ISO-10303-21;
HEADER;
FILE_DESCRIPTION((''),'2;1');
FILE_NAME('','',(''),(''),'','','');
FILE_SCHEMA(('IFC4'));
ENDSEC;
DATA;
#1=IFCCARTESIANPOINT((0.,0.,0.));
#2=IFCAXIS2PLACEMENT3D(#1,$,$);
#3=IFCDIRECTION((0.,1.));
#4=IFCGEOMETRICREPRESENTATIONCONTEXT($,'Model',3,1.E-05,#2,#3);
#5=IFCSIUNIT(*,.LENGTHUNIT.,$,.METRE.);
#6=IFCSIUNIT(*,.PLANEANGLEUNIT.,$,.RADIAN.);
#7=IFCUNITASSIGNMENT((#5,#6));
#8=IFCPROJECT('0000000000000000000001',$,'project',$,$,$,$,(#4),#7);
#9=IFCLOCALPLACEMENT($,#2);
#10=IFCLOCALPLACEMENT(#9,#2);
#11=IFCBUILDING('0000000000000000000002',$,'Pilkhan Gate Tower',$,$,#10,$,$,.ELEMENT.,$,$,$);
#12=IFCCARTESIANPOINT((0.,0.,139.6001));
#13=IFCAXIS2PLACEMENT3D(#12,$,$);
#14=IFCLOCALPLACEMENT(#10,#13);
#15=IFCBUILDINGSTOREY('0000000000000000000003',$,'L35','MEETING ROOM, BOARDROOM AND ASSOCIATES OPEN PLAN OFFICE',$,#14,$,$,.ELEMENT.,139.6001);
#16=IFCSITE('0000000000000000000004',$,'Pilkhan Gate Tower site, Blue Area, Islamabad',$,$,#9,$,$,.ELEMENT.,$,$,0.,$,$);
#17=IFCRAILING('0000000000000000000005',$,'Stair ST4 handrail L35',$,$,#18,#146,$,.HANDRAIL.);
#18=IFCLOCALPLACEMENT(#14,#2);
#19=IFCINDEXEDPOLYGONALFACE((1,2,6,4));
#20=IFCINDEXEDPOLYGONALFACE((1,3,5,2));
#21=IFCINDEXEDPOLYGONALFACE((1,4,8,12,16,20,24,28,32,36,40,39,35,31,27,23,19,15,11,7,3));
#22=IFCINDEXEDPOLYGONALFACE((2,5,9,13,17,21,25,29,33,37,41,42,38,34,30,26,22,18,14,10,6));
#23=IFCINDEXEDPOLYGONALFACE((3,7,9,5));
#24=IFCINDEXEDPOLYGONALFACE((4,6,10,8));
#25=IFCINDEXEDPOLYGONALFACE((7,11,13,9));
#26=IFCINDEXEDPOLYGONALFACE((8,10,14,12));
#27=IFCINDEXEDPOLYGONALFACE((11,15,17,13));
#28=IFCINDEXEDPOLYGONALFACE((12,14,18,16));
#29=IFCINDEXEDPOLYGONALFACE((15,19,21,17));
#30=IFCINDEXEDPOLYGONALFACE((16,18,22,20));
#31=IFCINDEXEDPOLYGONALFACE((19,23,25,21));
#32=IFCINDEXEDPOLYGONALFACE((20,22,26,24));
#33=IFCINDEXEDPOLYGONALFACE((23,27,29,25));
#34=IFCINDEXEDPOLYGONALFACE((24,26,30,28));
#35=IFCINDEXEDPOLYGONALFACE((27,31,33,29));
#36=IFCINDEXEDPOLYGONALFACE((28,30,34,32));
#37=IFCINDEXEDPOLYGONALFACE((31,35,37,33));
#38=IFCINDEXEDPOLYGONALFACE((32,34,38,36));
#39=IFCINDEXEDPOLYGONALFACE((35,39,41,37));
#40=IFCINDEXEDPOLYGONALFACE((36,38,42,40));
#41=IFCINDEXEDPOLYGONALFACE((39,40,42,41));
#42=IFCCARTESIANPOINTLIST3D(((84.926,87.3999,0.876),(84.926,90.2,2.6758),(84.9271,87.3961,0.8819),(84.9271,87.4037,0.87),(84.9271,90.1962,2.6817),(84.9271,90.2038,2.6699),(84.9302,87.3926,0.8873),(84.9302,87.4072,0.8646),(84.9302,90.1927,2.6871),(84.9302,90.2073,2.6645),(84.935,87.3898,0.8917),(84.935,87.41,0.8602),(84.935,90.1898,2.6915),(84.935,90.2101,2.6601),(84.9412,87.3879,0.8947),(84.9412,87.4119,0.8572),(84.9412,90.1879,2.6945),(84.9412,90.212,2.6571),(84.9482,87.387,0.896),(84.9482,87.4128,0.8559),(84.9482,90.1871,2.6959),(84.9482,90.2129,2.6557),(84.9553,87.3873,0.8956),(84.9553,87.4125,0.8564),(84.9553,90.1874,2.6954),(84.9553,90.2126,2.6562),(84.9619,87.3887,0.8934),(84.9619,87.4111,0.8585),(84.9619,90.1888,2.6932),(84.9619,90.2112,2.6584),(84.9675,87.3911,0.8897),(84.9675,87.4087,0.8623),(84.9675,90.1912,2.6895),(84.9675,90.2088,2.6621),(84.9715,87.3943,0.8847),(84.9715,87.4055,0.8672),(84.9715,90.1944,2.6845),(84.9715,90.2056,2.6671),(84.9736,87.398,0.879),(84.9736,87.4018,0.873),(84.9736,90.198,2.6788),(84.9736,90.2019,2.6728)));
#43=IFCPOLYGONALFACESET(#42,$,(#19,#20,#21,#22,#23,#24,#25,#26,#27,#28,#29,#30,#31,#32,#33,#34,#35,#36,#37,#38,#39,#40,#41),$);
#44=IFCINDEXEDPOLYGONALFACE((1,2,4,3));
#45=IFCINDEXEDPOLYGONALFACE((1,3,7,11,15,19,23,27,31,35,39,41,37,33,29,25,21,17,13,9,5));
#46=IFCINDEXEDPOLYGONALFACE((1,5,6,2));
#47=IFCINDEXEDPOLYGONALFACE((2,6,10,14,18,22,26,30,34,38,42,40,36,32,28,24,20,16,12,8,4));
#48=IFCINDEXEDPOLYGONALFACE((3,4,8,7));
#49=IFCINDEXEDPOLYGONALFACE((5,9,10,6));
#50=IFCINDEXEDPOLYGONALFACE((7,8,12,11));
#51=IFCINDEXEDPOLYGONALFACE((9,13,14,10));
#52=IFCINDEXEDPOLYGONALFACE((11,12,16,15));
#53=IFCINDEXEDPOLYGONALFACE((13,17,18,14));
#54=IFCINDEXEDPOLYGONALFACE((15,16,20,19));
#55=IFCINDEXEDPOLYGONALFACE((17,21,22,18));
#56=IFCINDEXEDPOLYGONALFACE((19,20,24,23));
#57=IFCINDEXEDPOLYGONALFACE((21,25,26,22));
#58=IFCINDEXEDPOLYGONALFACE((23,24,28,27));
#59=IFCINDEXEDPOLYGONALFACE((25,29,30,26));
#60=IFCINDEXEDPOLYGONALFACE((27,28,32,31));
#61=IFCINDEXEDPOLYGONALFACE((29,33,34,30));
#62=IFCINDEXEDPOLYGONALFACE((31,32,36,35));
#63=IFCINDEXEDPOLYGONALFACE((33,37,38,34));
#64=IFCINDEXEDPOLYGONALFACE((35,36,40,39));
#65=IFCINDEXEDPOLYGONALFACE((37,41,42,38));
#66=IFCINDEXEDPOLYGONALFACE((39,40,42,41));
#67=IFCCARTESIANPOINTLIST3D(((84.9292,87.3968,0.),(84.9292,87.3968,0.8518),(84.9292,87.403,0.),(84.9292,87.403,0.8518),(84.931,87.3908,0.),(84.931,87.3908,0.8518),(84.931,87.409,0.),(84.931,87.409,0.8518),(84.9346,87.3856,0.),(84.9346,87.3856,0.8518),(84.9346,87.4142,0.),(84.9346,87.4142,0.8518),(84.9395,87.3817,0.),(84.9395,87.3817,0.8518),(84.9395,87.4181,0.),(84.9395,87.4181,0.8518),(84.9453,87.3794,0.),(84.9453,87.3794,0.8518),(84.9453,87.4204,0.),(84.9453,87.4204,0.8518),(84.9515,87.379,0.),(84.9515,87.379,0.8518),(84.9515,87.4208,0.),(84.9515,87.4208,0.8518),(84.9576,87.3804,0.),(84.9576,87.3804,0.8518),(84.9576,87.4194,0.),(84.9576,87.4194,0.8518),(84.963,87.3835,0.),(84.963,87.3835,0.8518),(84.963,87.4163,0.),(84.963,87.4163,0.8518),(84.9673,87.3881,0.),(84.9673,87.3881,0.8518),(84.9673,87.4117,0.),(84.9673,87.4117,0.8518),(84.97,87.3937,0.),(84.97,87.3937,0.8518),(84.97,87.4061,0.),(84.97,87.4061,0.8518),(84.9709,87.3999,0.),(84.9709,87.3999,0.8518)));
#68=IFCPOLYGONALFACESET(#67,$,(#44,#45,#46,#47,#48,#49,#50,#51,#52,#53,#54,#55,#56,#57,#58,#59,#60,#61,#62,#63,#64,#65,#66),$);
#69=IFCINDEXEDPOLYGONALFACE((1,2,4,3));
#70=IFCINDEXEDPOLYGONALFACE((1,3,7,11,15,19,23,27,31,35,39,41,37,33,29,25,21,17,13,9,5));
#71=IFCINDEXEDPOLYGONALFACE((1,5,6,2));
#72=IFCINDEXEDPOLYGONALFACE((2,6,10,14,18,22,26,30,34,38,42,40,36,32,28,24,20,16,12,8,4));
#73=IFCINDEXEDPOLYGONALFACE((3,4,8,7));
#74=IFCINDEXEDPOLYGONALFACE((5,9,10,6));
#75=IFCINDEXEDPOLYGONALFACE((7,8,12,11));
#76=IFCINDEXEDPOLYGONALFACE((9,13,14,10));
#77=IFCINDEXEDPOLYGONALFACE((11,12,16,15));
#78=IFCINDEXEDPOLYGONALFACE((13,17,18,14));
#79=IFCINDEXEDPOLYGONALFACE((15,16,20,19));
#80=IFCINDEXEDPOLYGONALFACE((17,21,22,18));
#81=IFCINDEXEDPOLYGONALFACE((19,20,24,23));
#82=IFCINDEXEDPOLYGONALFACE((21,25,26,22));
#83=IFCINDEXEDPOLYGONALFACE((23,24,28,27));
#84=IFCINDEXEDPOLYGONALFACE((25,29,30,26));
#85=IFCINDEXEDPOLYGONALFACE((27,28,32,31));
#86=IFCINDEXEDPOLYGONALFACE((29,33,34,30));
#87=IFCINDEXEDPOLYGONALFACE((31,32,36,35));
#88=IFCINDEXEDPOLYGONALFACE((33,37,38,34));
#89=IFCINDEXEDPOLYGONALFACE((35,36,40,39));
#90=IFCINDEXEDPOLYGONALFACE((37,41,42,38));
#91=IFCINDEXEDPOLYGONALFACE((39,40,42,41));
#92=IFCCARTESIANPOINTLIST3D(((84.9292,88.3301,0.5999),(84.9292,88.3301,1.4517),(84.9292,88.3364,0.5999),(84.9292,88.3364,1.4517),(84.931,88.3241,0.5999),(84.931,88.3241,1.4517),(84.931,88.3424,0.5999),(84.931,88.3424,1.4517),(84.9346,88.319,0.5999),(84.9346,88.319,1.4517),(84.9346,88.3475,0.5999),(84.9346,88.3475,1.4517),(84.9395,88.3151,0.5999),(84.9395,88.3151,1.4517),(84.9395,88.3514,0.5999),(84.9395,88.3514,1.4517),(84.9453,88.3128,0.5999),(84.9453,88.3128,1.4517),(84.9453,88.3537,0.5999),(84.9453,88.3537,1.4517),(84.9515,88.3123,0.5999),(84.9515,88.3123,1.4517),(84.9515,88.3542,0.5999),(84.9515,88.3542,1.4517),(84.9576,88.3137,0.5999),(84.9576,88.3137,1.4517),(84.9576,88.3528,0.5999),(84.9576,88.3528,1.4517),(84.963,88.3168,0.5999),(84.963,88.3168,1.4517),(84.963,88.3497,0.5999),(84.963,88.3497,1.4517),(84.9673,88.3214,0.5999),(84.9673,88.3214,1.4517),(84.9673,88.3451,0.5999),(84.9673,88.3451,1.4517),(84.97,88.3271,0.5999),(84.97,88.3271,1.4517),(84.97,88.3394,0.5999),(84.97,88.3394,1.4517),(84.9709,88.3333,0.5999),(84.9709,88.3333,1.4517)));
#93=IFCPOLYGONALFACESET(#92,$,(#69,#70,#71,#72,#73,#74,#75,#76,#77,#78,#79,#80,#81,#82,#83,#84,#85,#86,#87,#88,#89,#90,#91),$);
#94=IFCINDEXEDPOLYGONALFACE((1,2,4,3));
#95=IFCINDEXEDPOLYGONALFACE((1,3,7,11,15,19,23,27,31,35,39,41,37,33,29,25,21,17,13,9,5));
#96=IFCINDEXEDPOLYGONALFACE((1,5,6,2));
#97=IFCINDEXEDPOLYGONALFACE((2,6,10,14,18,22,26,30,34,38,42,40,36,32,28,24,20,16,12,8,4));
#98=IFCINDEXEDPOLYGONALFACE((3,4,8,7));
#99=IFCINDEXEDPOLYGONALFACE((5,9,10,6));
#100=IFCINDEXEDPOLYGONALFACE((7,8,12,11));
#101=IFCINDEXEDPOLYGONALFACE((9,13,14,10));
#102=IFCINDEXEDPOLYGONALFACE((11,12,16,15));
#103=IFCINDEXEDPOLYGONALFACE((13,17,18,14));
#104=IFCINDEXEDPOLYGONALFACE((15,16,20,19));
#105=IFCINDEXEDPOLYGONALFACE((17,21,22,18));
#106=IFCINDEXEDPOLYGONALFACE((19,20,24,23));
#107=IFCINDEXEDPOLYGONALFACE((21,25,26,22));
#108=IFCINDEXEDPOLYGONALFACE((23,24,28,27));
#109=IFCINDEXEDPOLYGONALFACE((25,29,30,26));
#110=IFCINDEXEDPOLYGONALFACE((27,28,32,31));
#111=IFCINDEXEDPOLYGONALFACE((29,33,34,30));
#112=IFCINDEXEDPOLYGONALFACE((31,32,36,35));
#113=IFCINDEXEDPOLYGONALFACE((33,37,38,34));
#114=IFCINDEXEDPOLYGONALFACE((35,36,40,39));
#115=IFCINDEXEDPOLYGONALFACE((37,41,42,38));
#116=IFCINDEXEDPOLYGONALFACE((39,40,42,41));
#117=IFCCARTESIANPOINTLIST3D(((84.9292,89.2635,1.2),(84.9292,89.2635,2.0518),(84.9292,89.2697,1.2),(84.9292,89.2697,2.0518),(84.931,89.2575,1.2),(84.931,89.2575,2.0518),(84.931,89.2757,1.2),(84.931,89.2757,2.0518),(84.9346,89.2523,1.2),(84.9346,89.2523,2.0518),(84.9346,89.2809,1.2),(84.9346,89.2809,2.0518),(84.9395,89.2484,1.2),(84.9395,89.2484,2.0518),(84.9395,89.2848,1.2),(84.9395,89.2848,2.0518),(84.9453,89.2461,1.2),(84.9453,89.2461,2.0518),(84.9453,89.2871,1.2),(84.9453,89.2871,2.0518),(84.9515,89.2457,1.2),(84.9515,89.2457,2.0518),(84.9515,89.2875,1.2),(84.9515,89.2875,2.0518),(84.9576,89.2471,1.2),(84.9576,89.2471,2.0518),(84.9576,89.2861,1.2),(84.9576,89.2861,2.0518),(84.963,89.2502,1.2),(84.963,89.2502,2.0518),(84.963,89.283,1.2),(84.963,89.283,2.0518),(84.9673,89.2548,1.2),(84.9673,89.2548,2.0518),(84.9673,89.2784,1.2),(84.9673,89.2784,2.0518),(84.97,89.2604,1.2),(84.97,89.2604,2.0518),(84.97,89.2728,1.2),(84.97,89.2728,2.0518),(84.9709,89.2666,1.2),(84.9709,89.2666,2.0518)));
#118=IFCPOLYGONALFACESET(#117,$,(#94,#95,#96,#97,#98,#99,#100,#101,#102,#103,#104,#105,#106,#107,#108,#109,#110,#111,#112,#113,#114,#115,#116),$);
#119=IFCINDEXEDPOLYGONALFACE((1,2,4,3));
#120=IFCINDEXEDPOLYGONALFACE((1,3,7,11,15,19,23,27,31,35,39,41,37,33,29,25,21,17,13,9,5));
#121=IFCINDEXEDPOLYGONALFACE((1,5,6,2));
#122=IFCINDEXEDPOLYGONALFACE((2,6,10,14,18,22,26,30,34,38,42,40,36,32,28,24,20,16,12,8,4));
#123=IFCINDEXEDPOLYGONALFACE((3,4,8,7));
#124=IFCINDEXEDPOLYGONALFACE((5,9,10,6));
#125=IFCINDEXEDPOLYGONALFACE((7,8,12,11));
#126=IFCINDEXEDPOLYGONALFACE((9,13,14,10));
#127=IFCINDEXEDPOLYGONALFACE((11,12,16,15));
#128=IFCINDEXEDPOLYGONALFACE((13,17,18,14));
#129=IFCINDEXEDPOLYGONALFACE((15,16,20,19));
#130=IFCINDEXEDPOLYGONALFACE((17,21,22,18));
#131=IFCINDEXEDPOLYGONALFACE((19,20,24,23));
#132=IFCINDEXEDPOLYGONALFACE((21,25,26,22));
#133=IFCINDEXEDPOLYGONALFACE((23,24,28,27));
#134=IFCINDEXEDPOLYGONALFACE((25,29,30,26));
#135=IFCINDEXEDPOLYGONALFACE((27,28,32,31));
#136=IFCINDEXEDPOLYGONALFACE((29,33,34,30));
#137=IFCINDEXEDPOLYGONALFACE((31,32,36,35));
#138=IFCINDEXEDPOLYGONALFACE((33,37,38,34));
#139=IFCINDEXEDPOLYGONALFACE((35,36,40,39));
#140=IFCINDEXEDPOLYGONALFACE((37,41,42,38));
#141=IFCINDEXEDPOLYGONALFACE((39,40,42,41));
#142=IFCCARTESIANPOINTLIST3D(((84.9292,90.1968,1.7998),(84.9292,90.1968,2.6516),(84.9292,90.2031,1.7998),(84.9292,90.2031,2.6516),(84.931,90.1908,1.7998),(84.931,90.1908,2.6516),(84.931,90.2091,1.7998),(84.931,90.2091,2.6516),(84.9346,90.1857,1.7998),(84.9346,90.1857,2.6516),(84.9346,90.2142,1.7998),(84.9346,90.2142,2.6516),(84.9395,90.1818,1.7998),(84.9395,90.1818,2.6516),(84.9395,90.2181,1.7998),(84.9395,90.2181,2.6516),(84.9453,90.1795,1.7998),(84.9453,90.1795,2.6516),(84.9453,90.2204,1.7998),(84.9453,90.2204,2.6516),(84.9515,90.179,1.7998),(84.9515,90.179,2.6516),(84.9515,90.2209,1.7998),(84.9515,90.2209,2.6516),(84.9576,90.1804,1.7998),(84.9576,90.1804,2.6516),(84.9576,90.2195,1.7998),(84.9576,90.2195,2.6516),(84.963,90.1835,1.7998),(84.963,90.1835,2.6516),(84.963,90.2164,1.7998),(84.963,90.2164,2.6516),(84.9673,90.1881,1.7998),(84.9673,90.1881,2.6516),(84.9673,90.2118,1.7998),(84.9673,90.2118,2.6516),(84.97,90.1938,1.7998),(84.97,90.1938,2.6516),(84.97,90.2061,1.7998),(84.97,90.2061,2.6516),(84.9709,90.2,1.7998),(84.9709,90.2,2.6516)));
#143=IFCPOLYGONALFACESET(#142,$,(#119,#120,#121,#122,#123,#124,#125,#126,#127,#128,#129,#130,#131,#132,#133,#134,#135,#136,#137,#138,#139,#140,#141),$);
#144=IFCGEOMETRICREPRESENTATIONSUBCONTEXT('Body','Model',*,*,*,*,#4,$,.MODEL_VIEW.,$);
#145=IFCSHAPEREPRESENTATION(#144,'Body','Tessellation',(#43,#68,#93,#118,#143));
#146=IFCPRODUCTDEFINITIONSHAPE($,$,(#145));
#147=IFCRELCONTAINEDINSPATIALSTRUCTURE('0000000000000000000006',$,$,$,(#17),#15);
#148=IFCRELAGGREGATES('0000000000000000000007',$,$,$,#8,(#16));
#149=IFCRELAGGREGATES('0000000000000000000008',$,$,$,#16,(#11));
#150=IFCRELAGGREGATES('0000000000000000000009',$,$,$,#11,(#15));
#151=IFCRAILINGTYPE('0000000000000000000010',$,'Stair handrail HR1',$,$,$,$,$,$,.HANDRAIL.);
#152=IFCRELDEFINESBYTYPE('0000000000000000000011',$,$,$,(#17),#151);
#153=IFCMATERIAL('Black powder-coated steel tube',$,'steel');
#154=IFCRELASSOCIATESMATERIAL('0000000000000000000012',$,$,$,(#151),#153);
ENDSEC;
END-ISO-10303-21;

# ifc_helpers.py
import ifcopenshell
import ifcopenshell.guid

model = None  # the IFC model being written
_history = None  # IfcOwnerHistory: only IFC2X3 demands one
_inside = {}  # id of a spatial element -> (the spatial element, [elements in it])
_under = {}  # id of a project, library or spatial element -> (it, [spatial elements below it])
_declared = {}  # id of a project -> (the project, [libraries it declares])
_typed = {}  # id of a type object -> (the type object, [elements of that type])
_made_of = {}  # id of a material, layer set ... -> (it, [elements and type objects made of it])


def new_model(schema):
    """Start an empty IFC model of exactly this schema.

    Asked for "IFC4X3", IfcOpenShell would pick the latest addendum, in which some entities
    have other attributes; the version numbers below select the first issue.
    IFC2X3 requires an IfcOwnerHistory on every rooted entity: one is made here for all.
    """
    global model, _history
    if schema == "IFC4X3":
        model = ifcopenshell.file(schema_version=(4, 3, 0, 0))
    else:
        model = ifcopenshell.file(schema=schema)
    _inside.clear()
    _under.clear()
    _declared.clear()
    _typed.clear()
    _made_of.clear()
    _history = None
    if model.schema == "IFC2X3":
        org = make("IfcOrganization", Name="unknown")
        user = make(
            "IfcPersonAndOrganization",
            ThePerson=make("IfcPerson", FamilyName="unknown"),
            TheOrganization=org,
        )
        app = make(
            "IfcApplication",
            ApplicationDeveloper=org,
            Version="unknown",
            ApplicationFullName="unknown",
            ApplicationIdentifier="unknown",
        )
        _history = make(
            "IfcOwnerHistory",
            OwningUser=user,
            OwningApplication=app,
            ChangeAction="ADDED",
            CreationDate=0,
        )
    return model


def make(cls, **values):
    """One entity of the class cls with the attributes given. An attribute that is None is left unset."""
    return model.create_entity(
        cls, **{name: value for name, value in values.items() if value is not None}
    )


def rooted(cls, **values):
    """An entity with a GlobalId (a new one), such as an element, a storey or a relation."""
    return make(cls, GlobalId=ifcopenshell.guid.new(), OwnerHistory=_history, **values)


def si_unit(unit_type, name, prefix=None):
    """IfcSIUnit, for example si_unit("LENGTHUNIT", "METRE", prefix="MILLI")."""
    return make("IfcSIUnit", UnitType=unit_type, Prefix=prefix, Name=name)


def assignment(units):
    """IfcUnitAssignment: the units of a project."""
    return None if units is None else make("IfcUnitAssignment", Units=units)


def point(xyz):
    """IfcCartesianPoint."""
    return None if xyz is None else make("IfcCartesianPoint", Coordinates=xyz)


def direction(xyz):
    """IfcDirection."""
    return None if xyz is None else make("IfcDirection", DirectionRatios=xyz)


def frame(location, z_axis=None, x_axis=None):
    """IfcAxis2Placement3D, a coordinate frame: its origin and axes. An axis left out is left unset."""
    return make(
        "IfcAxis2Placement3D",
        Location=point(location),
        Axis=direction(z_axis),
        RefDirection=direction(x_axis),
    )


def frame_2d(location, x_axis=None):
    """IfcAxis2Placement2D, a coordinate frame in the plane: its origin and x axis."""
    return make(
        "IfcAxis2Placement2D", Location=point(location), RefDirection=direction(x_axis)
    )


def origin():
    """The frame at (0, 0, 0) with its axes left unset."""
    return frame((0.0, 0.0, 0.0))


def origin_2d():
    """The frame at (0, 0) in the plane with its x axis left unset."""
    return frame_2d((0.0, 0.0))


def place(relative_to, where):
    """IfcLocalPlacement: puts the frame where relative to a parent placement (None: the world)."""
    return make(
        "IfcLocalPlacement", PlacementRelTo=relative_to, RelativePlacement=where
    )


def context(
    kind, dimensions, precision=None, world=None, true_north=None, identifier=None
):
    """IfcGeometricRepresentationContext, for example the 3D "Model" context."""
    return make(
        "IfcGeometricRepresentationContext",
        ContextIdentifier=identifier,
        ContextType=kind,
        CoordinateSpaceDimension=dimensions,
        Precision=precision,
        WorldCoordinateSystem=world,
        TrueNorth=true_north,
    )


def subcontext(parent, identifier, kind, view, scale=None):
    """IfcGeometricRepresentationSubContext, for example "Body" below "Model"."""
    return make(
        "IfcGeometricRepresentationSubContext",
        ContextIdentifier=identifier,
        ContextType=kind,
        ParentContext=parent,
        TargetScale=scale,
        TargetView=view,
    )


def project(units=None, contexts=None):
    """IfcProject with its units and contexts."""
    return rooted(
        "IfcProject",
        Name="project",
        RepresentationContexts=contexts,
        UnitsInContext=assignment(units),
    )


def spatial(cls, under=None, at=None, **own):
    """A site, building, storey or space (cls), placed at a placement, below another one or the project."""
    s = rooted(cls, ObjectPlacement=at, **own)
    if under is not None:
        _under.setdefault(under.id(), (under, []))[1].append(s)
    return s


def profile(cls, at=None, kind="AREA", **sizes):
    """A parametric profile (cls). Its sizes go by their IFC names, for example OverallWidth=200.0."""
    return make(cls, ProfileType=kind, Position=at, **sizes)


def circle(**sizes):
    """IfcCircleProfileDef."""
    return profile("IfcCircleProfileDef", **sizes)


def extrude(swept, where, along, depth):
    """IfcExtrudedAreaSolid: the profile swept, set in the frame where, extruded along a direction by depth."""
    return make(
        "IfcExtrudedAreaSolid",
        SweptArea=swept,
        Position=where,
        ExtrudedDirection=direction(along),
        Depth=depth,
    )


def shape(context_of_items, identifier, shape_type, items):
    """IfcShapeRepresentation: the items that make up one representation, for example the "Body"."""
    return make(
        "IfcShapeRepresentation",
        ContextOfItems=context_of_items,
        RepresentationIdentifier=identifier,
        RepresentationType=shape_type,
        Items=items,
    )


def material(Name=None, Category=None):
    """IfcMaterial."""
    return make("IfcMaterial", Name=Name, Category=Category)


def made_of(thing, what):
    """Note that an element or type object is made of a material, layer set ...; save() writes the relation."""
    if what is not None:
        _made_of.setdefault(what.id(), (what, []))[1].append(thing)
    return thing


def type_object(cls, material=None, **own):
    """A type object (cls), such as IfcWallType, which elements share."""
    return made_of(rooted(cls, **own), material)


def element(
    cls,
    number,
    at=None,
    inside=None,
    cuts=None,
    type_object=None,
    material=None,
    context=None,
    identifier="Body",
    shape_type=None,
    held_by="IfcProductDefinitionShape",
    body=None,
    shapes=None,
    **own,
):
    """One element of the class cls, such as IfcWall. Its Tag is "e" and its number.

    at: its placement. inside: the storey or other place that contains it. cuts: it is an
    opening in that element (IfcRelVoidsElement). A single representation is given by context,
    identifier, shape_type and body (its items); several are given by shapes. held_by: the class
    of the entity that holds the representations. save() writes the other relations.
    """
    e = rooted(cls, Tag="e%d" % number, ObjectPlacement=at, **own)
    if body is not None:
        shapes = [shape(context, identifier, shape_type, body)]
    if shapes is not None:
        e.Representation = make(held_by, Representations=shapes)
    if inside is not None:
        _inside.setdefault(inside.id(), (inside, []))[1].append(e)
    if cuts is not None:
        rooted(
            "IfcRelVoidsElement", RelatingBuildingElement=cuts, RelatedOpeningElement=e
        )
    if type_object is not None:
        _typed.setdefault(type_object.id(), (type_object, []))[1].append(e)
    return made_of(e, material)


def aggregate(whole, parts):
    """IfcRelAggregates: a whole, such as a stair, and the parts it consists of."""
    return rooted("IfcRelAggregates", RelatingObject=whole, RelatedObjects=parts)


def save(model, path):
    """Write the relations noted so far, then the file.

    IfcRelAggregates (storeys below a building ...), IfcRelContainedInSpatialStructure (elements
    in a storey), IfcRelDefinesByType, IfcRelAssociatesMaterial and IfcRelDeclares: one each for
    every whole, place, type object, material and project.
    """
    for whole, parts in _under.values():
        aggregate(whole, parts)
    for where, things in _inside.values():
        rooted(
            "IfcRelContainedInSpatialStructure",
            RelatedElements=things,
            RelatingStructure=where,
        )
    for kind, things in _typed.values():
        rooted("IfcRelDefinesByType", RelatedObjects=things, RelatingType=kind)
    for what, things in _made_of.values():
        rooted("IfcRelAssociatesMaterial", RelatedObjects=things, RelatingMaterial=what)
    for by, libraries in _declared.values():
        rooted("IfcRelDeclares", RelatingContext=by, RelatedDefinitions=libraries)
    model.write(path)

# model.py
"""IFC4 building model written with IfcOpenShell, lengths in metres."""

from ifc_helpers import new_model, si_unit, direction, frame, origin, origin_2d, place, context, subcontext, project, spatial, circle, extrude, material, type_object, element, save


model = new_model("IFC4")

# Units and contexts
model_context = context("Model", 3, precision=1e-05, world=origin(), true_north=direction((0.0, 1.0)))
body_context = subcontext(model_context, "Body", "Model", "MODEL_VIEW")
ifc_project = project(units=[si_unit("LENGTHUNIT", "METRE"), si_unit("PLANEANGLEUNIT", "RADIAN")], contexts=[model_context])

# Site, building, storey
site_placement = place(None, origin())
site = spatial("IfcSite", under=ifc_project, at=site_placement, Name="Pilkhan Gate Tower site, Blue Area, Islamabad", CompositionType="ELEMENT", RefElevation=0.0)
building_placement = place(site_placement, origin())
building = spatial("IfcBuilding", under=site, at=building_placement, Name="Pilkhan Gate Tower", CompositionType="ELEMENT")
storey_placement = place(building_placement, frame((0.0, 0.0, 139.6001)))
storey = spatial("IfcBuildingStorey", under=building, at=storey_placement, Name="L35", Description="MEETING ROOM, BOARDROOM AND ASSOCIATES OPEN PLAN OFFICE", CompositionType="ELEMENT", Elevation=139.6001)

# Railing
ifc_material_1 = material(Name="Black powder-coated steel tube", Category="steel")
railing_type_1 = type_object("IfcRailingType", Name="Stair handrail HR1", PredefinedType="HANDRAIL", material=ifc_material_1)
railing_placement = place(storey_placement, frame((84.95, 87.3999, 0.0)))
element("IfcRailing", 1, at=railing_placement, inside=storey, type_object=railing_type_1, Name="Stair ST4 handrail L35", PredefinedType="HANDRAIL", context=body_context, shape_type="SweptSolid", body=[
    extrude(circle(Radius=0.0239, at=origin_2d()), frame((0.0, 0.0, 0.876), z_axis=(0.0, 0.841209, 0.540709), x_axis=(-1.0, 0.0, 0.0)), (0.0, 0.0, 1.0), 3.3286),
    extrude(circle(Radius=0.021, at=origin_2d()), origin(), (0.0, 0.0, 1.0), 0.8518),
    extrude(circle(Radius=0.021, at=origin_2d()), frame((0.0, 0.9333, 0.5999)), (0.0, 0.0, 1.0), 0.8518),
    extrude(circle(Radius=0.021, at=origin_2d()), frame((0.0, 1.8667, 1.2)), (0.0, 0.0, 1.0), 0.8518),
    extrude(circle(Radius=0.021, at=origin_2d()), frame((0.0, 2.8, 1.7998)), (0.0, 0.0, 1.0), 0.8518),
])

save(model, "model.ifc")
